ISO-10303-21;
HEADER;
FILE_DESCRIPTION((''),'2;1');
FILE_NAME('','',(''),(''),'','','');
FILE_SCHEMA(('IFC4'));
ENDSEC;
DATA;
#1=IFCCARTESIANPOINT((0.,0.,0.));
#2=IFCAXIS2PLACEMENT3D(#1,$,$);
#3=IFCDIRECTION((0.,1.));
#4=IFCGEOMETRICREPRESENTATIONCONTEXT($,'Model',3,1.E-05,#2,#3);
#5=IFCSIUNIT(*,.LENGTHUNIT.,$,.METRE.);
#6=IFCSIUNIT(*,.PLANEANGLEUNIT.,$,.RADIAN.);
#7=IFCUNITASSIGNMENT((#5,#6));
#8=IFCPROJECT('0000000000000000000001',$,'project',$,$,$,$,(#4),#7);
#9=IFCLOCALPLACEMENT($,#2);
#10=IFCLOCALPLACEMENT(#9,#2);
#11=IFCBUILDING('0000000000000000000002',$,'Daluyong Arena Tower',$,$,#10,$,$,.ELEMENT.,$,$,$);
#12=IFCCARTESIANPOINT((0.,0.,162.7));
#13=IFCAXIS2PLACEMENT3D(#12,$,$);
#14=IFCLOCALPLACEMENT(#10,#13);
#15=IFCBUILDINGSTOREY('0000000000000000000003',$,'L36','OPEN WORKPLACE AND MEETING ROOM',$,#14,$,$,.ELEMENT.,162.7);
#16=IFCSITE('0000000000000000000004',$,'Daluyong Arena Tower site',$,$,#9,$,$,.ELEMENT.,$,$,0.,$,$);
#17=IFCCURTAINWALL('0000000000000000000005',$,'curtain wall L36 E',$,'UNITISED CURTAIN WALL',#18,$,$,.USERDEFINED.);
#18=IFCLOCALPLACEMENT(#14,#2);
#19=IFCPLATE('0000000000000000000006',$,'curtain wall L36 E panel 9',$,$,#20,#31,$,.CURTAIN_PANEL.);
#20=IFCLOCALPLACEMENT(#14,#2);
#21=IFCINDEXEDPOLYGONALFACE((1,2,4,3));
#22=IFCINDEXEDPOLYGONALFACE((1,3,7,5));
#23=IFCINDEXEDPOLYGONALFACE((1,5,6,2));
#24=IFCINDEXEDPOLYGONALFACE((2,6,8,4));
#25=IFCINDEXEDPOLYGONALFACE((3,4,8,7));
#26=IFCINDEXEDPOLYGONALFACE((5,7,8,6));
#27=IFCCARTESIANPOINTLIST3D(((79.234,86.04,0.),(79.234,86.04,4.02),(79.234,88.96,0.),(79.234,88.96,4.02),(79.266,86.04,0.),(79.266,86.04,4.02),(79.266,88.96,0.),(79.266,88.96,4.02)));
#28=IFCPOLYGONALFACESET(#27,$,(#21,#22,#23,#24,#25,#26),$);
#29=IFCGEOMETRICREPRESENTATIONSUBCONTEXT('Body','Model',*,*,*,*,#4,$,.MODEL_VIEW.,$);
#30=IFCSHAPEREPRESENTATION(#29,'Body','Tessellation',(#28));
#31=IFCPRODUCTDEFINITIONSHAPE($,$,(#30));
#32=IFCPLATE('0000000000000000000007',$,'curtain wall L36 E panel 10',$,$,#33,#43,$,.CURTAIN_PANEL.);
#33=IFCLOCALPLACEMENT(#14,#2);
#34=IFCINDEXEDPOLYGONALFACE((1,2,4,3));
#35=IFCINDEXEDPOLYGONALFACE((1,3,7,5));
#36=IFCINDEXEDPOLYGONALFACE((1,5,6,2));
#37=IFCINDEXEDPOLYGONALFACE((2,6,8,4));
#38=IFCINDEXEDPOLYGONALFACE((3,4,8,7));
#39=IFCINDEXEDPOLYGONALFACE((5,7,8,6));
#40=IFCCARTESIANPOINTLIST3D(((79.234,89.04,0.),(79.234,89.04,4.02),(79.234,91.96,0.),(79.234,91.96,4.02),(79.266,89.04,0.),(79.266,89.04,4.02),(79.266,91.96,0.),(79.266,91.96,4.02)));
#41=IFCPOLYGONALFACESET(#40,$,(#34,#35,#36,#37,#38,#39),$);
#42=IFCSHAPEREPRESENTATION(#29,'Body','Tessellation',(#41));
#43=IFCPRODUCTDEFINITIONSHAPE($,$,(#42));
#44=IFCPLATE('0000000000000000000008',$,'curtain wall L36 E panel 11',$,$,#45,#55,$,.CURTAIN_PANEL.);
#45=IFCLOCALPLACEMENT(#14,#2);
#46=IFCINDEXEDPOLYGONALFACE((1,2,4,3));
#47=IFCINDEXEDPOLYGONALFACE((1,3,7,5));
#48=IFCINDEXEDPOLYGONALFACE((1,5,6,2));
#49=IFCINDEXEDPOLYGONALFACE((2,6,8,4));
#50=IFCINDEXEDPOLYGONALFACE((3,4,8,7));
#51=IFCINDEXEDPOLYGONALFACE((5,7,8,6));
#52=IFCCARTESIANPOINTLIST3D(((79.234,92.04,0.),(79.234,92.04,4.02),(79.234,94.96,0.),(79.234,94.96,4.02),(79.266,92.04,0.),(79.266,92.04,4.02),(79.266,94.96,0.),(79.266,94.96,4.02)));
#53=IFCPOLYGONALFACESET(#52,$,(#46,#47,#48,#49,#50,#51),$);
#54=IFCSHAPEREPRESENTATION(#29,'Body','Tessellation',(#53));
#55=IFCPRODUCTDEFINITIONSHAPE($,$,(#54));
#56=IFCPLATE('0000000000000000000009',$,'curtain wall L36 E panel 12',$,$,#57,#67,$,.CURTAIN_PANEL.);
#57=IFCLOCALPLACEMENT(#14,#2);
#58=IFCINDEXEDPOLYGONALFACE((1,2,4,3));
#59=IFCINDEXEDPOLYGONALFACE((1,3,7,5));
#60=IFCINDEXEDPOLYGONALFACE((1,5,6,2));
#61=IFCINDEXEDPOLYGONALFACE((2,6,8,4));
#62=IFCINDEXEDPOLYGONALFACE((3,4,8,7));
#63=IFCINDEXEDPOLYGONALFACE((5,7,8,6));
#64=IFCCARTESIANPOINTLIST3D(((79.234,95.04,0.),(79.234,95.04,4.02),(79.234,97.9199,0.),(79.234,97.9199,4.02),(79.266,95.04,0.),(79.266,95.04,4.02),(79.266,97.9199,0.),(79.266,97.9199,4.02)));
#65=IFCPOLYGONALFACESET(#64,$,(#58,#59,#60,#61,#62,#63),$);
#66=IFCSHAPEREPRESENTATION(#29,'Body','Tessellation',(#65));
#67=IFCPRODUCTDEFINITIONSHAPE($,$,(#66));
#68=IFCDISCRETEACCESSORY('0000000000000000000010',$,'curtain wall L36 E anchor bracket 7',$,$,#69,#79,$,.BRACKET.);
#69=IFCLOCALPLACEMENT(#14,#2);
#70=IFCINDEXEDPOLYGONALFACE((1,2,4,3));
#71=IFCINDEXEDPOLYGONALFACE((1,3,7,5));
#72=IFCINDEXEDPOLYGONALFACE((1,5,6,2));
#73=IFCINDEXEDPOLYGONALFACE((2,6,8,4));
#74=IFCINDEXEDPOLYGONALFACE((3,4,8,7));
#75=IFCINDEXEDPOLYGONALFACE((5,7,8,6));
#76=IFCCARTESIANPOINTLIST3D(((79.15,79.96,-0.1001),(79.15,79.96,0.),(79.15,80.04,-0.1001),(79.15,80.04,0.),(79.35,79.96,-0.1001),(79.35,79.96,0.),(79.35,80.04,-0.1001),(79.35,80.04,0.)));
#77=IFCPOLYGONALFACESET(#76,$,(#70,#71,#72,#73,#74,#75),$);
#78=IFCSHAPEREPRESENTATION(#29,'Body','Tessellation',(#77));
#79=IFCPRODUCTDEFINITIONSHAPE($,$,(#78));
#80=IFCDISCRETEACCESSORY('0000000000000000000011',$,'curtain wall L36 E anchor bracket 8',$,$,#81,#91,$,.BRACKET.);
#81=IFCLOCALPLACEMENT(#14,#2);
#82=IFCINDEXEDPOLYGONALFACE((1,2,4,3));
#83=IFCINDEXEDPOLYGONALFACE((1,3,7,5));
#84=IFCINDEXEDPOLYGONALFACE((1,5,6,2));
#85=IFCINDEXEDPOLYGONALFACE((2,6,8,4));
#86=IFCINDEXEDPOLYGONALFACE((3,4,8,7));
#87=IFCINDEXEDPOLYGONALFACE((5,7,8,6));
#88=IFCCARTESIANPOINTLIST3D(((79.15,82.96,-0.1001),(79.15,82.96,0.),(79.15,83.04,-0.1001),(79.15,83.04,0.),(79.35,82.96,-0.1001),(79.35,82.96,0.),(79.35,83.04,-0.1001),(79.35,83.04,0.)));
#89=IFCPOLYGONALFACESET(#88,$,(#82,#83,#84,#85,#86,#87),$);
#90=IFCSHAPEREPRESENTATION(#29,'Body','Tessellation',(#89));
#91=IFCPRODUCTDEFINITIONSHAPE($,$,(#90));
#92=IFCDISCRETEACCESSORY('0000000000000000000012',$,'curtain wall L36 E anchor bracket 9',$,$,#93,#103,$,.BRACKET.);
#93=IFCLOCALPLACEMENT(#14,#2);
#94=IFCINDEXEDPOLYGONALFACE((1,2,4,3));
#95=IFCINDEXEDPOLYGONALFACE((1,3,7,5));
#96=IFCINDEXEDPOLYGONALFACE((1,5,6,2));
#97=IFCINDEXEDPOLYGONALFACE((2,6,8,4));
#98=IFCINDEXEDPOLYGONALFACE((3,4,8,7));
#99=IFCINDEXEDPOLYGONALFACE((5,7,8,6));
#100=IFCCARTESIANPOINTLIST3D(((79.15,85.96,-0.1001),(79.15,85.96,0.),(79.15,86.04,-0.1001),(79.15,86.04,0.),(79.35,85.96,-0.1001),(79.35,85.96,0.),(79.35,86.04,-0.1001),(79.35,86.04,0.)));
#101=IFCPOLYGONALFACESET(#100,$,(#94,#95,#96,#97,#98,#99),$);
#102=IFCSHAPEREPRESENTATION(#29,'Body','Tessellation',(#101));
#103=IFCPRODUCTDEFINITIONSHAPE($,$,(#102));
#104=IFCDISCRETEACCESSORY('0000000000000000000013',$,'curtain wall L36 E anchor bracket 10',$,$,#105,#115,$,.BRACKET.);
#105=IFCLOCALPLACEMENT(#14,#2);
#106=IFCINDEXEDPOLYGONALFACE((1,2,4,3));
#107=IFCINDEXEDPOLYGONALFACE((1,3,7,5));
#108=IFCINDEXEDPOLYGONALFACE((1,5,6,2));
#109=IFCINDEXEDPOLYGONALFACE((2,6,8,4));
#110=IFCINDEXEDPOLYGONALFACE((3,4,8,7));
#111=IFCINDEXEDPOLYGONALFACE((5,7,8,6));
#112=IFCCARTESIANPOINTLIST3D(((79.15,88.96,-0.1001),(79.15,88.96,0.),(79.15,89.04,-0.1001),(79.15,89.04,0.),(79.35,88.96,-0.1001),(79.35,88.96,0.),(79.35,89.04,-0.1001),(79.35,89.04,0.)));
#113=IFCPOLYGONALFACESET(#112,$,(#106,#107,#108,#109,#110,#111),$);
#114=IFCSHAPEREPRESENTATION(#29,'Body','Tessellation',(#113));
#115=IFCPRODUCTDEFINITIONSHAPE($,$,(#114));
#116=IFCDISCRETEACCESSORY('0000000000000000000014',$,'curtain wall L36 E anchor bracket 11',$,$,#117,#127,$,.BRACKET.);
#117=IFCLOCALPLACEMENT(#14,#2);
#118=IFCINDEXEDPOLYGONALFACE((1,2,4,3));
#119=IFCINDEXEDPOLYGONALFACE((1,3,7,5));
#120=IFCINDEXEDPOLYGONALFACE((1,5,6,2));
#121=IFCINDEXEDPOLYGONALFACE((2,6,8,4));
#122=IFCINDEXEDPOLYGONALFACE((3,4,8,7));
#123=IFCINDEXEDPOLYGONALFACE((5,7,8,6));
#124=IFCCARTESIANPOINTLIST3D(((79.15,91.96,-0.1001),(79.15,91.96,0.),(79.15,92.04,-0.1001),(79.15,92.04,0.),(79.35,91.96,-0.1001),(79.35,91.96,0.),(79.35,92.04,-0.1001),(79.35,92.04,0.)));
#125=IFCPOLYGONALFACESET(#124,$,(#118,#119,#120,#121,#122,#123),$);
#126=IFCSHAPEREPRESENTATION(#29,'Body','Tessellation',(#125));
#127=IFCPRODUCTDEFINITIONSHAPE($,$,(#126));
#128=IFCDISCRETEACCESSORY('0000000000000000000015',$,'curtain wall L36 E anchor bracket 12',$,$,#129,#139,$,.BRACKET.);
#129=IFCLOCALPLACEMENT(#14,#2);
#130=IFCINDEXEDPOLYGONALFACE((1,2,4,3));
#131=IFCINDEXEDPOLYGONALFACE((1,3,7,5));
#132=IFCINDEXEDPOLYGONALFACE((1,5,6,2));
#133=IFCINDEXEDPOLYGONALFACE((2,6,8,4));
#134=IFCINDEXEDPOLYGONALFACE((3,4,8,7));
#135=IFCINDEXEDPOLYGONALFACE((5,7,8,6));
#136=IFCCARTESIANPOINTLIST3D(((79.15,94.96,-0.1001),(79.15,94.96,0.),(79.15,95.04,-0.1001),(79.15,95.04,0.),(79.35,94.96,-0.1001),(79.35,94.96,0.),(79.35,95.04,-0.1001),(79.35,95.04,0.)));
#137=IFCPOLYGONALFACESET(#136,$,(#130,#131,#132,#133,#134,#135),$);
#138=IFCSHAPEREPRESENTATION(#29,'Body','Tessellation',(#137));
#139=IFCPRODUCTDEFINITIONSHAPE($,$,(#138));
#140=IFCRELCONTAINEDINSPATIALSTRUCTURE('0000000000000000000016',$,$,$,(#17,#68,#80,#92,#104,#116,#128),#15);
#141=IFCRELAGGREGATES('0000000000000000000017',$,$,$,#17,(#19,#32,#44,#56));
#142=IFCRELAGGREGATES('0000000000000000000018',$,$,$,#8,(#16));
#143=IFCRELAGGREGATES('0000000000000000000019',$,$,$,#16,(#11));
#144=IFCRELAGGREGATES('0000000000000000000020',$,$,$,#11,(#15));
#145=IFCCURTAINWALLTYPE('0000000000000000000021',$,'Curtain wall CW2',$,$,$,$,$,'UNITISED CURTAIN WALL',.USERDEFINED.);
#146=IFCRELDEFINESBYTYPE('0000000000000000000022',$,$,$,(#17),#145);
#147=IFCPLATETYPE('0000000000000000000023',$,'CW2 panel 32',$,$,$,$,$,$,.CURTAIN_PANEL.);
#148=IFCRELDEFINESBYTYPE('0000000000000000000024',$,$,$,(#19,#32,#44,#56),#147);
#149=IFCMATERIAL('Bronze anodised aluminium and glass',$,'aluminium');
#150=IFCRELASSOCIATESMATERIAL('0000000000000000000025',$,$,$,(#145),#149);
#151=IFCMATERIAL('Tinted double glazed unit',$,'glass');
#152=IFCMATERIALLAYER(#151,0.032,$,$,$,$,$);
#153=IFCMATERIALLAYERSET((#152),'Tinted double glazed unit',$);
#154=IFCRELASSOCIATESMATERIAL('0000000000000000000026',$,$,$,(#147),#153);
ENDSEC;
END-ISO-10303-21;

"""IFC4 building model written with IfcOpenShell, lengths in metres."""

from ifc_helpers import new_model, si_unit, direction, frame, origin, origin_2d, place, context, subcontext, project, spatial, rectangle, extrude, material, layer, layer_set, type_object, element, aggregate, save


model = new_model("IFC4")

# Units and contexts
model_context = context("Model", 3, precision=1e-05, world=origin(), true_north=direction((0.0, 1.0)))
body_context = subcontext(model_context, "Body", "Model", "MODEL_VIEW")
ifc_project = project(units=[si_unit("LENGTHUNIT", "METRE"), si_unit("PLANEANGLEUNIT", "RADIAN")], contexts=[model_context])

# Site, building, storey
site_placement = place(None, origin())
site = spatial("IfcSite", under=ifc_project, at=site_placement, Name="Daluyong Arena Tower site", CompositionType="ELEMENT", RefElevation=0.0)
building_placement = place(site_placement, origin())
building = spatial("IfcBuilding", under=site, at=building_placement, Name="Daluyong Arena Tower", CompositionType="ELEMENT")
storey_placement = place(building_placement, frame((0.0, 0.0, 162.7)))
storey = spatial("IfcBuildingStorey", under=building, at=storey_placement, Name="L36", Description="OPEN WORKPLACE AND MEETING ROOM", CompositionType="ELEMENT", Elevation=162.7)

# Curtain wall
ifc_material_1 = material(Name="Bronze anodised aluminium and glass", Category="aluminium")
curtain_wall_type = type_object("IfcCurtainWallType", Name="Curtain wall CW2", ElementType="UNITISED CURTAIN WALL", PredefinedType="USERDEFINED", material=ifc_material_1)
curtain_wall_placement = place(storey_placement, origin())
curtain_wall = element("IfcCurtainWall", 1, at=curtain_wall_placement, inside=storey, type_object=curtain_wall_type, Name="curtain wall L36 E", ObjectType="UNITISED CURTAIN WALL", PredefinedType="USERDEFINED")

# Plates
ifc_material_2 = material(Name="Tinted double glazed unit", Category="glass")
ifc_layer = layer(ifc_material_2, 0.032)
ifc_layer_set = layer_set([ifc_layer], Name="Tinted double glazed unit")
plate_type = type_object("IfcPlateType", Name="CW2 panel 32", PredefinedType="CURTAIN_PANEL", material=ifc_layer_set)
plate_1_placement = place(storey_placement, frame((79.25, 87.5, 0.0), z_axis=(0.0, 0.0, 1.0), x_axis=(0.0, 1.0, 0.0)))
plate_1 = element("IfcPlate", 2, at=plate_1_placement, type_object=plate_type, Name="curtain wall L36 E panel 9", PredefinedType="CURTAIN_PANEL", context=body_context, shape_type="SweptSolid", body=[
    extrude(rectangle(XDim=2.9199, YDim=0.032, at=origin_2d()), origin(), (0.0, 0.0, 1.0), 4.02),
])
plate_2_placement = place(storey_placement, frame((79.25, 90.5, 0.0), z_axis=(0.0, 0.0, 1.0), x_axis=(0.0, 1.0, 0.0)))
plate_2 = element("IfcPlate", 3, at=plate_2_placement, type_object=plate_type, Name="curtain wall L36 E panel 10", PredefinedType="CURTAIN_PANEL", context=body_context, shape_type="SweptSolid", body=[
    extrude(rectangle(XDim=2.9199, YDim=0.032, at=origin_2d()), origin(), (0.0, 0.0, 1.0), 4.02),
])
plate_3_placement = place(storey_placement, frame((79.25, 93.5, 0.0), z_axis=(0.0, 0.0, 1.0), x_axis=(0.0, 1.0, 0.0)))
plate_3 = element("IfcPlate", 4, at=plate_3_placement, type_object=plate_type, Name="curtain wall L36 E panel 11", PredefinedType="CURTAIN_PANEL", context=body_context, shape_type="SweptSolid", body=[
    extrude(rectangle(XDim=2.9199, YDim=0.032, at=origin_2d()), origin(), (0.0, 0.0, 1.0), 4.02),
])
plate_4_placement = place(storey_placement, frame((79.25, 96.48, 0.0), z_axis=(0.0, 0.0, 1.0), x_axis=(0.0, 1.0, 0.0)))
plate_4 = element("IfcPlate", 5, at=plate_4_placement, type_object=plate_type, Name="curtain wall L36 E panel 12", PredefinedType="CURTAIN_PANEL", context=body_context, shape_type="SweptSolid", body=[
    extrude(rectangle(XDim=2.8799, YDim=0.032, at=origin_2d()), origin(), (0.0, 0.0, 1.0), 4.02),
])
aggregate(curtain_wall, [plate_1, plate_2, plate_3, plate_4])

# Discrete accessories
for number, where, z_axis, x_axis, name in (
    (6, (79.25, 80.0, -0.1001), (0.0, 0.0, 1.0), (0.0, 1.0, 0.0), "curtain wall L36 E anchor bracket 7"),
    (7, (79.25, 83.0, -0.1001), (0.0, 0.0, 1.0), (0.0, 1.0, 0.0), "curtain wall L36 E anchor bracket 8"),
    (8, (79.25, 86.0, -0.1001), (0.0, 0.0, 1.0), (0.0, 1.0, 0.0), "curtain wall L36 E anchor bracket 9"),
    (9, (79.25, 89.0, -0.1001), (0.0, 0.0, 1.0), (0.0, 1.0, 0.0), "curtain wall L36 E anchor bracket 10"),
    (10, (79.25, 92.0, -0.1001), (0.0, 0.0, 1.0), (0.0, 1.0, 0.0), "curtain wall L36 E anchor bracket 11"),
    (11, (79.25, 95.0, -0.1001), (0.0, 0.0, 1.0), (0.0, 1.0, 0.0), "curtain wall L36 E anchor bracket 12"),
):
    element("IfcDiscreteAccessory", number, at=place(storey_placement, frame(where, z_axis=z_axis, x_axis=x_axis)), inside=storey, Name=name, PredefinedType="BRACKET", context=body_context, shape_type="SweptSolid", body=[
        extrude(rectangle(XDim=0.0801, YDim=0.2, at=origin_2d()), origin(), (0.0, 0.0, 1.0), 0.1001),
    ])

save(model, "model.ifc")
